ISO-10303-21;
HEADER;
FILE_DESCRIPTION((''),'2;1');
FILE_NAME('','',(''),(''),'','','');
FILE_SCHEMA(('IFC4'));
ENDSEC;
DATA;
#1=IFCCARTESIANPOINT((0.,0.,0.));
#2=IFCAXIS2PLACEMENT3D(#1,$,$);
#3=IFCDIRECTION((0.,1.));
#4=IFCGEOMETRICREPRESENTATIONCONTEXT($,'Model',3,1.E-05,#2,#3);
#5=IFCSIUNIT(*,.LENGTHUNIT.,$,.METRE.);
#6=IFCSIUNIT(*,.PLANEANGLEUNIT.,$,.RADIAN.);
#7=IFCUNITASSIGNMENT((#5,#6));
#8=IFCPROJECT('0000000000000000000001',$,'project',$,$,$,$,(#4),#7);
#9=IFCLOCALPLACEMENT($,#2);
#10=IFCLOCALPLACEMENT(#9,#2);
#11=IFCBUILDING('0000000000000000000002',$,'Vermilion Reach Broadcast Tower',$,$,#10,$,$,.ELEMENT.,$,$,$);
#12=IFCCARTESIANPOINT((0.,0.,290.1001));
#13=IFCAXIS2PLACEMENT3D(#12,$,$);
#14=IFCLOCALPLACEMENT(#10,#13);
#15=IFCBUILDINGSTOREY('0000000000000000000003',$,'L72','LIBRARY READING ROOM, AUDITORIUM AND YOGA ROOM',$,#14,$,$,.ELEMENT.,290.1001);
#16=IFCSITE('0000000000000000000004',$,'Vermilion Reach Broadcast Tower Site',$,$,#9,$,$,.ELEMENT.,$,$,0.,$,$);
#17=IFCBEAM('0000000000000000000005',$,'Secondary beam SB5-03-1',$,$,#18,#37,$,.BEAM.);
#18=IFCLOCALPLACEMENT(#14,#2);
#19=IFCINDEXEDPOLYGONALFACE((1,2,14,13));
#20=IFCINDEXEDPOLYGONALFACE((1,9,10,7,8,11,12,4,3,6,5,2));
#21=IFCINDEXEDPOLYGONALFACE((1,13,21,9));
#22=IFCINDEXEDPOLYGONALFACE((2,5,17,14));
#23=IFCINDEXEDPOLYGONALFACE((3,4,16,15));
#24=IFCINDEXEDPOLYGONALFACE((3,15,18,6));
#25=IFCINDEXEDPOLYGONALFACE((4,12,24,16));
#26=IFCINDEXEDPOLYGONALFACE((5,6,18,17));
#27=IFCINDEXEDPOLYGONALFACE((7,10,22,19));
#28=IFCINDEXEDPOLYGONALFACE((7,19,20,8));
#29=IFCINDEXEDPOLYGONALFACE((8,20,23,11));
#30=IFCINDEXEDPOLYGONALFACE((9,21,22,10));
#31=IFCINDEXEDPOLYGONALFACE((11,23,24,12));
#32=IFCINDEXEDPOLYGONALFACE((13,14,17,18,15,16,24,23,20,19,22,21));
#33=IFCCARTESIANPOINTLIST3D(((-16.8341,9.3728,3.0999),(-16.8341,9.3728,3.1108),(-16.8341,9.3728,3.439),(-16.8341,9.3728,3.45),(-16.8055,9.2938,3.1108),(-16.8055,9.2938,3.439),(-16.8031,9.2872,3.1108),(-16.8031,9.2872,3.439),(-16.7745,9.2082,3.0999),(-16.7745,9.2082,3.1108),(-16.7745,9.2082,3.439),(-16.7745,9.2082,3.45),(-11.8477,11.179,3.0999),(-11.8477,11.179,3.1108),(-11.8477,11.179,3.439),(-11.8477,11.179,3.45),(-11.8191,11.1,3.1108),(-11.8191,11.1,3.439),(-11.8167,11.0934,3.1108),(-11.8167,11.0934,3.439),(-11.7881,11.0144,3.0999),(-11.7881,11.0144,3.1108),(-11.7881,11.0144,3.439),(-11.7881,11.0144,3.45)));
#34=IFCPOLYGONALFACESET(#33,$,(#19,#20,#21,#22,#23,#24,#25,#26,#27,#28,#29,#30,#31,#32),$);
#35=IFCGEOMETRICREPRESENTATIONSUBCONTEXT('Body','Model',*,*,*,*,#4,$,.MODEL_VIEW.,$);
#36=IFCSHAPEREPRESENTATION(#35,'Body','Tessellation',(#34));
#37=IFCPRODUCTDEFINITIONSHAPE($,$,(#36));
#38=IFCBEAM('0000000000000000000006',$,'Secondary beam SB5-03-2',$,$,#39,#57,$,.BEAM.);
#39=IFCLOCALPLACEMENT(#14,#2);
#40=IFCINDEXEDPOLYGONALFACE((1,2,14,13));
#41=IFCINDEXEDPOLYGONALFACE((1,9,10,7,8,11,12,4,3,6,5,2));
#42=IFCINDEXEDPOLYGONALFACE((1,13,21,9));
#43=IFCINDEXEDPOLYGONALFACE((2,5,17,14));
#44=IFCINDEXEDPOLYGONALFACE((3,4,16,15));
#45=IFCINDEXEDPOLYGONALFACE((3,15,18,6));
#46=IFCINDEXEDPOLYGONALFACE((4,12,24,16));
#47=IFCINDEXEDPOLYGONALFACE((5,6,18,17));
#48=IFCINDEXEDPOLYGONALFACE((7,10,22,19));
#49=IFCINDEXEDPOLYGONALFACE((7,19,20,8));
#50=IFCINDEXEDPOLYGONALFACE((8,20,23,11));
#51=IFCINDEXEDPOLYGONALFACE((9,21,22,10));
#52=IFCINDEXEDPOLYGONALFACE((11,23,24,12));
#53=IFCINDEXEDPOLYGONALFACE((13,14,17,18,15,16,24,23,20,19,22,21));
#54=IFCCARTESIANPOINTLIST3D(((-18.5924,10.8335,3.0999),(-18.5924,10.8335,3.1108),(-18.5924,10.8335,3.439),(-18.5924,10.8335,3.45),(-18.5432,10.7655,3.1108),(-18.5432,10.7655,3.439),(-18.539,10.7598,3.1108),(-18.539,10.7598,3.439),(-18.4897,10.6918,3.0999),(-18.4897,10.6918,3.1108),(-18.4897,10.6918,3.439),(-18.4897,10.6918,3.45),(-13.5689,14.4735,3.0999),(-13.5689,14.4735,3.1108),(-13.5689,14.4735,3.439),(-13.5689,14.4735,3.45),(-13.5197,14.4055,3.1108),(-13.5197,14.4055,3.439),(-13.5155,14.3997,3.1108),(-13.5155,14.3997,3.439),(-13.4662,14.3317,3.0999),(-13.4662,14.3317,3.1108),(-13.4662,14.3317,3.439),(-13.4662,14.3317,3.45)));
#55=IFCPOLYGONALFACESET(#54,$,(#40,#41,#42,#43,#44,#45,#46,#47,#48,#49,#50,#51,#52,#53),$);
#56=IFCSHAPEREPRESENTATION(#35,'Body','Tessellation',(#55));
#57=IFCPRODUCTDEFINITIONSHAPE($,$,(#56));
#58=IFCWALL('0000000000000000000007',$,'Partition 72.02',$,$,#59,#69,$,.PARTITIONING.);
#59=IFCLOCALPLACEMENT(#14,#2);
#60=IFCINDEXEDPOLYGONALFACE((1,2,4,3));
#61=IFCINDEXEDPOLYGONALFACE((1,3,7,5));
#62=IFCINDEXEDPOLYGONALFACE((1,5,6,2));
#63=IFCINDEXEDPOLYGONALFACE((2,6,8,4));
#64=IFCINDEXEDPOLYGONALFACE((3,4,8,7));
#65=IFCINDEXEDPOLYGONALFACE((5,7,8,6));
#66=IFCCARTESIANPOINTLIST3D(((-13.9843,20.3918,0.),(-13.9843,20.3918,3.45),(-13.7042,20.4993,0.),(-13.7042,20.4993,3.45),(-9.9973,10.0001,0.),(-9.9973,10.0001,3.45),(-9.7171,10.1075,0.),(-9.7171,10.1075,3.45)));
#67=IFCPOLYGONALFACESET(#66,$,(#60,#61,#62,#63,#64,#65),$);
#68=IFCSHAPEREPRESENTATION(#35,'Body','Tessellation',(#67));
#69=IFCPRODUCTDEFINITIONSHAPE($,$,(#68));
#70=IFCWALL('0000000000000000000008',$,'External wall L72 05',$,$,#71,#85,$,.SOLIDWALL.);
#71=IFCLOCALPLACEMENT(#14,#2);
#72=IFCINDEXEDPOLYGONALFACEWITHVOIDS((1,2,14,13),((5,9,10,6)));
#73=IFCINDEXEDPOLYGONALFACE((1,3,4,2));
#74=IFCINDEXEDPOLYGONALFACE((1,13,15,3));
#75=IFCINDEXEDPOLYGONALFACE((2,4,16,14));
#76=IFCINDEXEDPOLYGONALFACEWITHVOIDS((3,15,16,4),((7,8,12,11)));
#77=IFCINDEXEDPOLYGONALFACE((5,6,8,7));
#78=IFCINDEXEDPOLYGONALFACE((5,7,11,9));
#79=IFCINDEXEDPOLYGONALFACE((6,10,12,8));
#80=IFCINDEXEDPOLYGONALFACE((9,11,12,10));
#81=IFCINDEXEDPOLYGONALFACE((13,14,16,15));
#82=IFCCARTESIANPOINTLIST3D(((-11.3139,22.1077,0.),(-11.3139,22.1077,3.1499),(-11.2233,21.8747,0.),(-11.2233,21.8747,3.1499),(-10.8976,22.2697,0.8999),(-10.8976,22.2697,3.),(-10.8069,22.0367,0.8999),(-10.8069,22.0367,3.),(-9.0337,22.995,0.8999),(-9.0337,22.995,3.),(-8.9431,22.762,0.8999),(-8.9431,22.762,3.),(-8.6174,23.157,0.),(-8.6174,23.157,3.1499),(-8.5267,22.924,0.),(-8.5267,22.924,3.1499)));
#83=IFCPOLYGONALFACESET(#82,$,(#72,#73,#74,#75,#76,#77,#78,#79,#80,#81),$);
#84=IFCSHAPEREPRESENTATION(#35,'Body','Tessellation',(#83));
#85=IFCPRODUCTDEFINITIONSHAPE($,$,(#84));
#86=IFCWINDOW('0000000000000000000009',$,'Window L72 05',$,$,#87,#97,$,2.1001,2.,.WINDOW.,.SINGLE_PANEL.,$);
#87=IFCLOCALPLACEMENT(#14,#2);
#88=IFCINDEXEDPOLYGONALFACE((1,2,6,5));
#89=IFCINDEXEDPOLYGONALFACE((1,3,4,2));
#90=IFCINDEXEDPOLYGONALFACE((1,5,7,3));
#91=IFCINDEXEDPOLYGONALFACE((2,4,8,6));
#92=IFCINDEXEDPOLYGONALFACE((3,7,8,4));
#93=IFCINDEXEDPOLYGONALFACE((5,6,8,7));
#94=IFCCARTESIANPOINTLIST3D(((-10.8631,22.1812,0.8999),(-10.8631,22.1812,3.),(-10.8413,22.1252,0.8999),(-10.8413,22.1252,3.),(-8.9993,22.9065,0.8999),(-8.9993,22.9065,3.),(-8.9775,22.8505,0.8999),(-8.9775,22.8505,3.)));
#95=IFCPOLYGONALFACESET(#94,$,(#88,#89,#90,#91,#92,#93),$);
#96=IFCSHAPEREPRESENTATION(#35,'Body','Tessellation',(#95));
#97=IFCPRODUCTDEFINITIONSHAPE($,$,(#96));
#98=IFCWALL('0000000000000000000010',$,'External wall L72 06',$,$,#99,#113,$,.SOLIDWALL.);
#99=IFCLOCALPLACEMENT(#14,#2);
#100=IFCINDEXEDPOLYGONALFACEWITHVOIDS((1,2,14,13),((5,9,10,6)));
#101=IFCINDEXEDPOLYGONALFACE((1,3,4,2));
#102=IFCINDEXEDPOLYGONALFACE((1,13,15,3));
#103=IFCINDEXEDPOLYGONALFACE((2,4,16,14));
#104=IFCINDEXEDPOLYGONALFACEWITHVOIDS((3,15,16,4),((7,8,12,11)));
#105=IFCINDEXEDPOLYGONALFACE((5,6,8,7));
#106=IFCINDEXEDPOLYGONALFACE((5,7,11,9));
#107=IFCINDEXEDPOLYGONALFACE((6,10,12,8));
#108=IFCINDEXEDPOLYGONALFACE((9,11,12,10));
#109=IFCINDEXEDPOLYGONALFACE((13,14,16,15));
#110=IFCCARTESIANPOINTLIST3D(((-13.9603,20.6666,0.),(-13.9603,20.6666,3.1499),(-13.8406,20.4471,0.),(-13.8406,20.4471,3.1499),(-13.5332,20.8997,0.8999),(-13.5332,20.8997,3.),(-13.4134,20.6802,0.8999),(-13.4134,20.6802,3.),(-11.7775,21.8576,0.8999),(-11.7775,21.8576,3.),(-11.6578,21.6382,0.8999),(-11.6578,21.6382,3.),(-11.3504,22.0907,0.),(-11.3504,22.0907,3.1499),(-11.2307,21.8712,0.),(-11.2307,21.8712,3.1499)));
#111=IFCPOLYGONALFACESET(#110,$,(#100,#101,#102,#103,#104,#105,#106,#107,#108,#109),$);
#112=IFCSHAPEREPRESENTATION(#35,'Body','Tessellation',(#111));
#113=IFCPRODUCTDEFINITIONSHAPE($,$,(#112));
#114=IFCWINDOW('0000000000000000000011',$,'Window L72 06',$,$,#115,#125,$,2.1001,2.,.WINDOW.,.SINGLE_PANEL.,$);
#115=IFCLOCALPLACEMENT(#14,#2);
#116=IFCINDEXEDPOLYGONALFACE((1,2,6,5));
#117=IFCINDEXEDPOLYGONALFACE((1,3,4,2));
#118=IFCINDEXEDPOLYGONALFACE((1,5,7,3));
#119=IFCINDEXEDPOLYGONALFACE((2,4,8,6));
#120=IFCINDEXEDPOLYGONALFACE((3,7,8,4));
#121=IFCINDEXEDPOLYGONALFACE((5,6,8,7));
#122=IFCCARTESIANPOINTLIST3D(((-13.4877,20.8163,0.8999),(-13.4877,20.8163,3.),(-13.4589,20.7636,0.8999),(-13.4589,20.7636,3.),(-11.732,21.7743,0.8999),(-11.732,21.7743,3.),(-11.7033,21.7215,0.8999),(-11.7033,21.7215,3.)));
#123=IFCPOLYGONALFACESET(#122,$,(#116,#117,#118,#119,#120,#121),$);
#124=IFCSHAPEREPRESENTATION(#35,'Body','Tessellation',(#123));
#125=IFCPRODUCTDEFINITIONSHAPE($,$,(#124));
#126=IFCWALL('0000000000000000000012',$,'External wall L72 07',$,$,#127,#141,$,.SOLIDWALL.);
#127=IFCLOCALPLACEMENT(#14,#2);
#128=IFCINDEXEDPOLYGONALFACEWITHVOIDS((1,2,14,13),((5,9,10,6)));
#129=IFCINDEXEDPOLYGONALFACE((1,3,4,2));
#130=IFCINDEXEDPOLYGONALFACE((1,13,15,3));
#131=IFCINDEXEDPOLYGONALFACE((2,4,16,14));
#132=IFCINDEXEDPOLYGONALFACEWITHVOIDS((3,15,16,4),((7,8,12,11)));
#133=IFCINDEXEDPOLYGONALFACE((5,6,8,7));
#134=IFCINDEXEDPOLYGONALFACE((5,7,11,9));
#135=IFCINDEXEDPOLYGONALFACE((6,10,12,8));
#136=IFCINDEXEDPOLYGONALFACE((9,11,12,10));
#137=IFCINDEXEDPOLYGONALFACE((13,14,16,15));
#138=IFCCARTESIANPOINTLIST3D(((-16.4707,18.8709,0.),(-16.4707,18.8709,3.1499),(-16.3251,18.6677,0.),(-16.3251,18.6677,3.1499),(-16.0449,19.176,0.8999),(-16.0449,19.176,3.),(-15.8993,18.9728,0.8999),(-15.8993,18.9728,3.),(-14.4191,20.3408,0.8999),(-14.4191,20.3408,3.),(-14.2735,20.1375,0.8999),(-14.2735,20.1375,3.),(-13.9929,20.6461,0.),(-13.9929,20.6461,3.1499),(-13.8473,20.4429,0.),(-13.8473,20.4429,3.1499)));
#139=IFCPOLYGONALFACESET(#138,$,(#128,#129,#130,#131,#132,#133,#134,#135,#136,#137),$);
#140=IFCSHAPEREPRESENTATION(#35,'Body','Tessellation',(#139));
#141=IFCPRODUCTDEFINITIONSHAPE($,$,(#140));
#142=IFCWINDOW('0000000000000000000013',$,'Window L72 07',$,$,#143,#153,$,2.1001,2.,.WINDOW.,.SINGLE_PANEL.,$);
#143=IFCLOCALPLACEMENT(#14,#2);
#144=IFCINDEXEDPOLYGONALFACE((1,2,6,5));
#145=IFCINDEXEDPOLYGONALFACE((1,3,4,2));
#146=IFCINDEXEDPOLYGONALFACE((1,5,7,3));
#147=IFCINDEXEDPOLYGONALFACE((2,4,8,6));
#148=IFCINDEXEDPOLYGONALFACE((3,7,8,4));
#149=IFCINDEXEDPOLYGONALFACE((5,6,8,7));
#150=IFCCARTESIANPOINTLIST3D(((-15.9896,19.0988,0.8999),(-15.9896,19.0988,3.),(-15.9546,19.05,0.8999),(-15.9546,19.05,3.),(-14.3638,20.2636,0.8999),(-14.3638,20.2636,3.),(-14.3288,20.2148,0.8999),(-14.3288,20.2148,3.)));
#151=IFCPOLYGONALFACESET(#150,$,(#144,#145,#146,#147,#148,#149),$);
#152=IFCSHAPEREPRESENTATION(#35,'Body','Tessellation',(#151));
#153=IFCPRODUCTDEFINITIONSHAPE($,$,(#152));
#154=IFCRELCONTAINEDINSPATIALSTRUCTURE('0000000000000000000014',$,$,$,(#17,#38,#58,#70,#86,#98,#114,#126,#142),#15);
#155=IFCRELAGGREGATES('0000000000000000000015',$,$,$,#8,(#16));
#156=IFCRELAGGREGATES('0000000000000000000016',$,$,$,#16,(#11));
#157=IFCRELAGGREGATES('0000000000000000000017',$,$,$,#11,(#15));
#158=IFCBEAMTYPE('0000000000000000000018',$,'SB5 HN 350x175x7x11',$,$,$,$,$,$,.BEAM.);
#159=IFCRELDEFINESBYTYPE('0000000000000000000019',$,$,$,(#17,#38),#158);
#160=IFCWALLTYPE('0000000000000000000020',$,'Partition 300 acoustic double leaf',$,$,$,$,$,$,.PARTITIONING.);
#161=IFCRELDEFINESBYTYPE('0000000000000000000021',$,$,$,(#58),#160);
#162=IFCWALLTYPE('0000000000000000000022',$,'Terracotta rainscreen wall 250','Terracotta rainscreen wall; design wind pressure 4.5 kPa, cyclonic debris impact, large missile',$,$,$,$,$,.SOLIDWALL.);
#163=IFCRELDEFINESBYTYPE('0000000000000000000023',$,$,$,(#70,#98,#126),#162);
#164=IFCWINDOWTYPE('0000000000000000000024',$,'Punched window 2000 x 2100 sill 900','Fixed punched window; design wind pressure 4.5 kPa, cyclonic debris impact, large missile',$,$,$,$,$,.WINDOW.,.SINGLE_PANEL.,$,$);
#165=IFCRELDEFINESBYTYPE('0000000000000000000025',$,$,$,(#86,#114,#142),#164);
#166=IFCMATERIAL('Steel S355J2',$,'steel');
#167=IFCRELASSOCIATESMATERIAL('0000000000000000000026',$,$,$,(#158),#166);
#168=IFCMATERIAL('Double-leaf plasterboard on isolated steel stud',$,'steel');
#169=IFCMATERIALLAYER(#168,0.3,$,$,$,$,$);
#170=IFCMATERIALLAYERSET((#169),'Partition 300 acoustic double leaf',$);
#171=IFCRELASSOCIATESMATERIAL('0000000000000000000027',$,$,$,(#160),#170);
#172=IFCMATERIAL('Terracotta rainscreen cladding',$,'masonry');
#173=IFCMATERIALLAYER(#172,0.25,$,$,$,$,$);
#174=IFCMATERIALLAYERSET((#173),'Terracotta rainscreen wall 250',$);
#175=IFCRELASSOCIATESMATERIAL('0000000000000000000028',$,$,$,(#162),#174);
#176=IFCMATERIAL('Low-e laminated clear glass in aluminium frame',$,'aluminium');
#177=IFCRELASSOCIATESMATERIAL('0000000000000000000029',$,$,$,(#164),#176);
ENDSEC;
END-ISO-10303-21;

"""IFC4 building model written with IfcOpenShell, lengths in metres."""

from ifc_helpers import new_model, si_unit, direction, frame, frame_2d, origin, origin_2d, place, context, subcontext, project, spatial, rectangle, i_section, extrude, material, layer, layer_set, material_profile, profile_set, type_object, element, fill, save


model = new_model("IFC4")

# Units and contexts
model_context = context("Model", 3, precision=1e-05, world=origin(), true_north=direction((0.0, 1.0)))
body_context = subcontext(model_context, "Body", "Model", "MODEL_VIEW")
ifc_project = project(units=[si_unit("LENGTHUNIT", "METRE"), si_unit("PLANEANGLEUNIT", "RADIAN")], contexts=[model_context])

# Site, building, storey
site_placement = place(None, origin())
site = spatial("IfcSite", under=ifc_project, at=site_placement, Name="Vermilion Reach Broadcast Tower Site", CompositionType="ELEMENT", RefElevation=0.0)
building_placement = place(site_placement, origin())
building = spatial("IfcBuilding", under=site, at=building_placement, Name="Vermilion Reach Broadcast Tower", CompositionType="ELEMENT")
storey_placement = place(building_placement, frame((0.0, 0.0, 290.1001)))
storey = spatial("IfcBuildingStorey", under=building, at=storey_placement, Name="L72", Description="LIBRARY READING ROOM, AUDITORIUM AND YOGA ROOM", CompositionType="ELEMENT", Elevation=290.1001)

# Beams
ifc_material_1 = material(Name="Steel S355J2", Category="steel")
ifc_material_profile_1 = material_profile(ifc_material_1, i_section(OverallWidth=0.175, OverallDepth=0.3501, WebThickness=0.0071, FlangeThickness=0.011, at=origin_2d()), Name="S355J2 HN 350x175x7x11")
ifc_profile_set_1 = profile_set([ifc_material_profile_1], Name="Steel S355J2")
beam_type_1 = type_object("IfcBeamType", Name="SB5 HN 350x175x7x11", PredefinedType="BEAM", material=ifc_profile_set_1)
beam_1_placement = place(storey_placement, frame((-11.8179, 11.0967, 3.2749), z_axis=(-0.94022, -0.340567, 0.0), x_axis=(0.340567, -0.94022, 0.0)))
element("IfcBeam", 1, at=beam_1_placement, inside=storey, type_object=beam_type_1, Name="Secondary beam SB5-03-1", PredefinedType="BEAM", context=body_context, shape_type="SweptSolid", body=[
    extrude(i_section(OverallWidth=0.175, OverallDepth=0.3501, WebThickness=0.0071, FlangeThickness=0.011, at=origin_2d()), origin(), (0.0, 0.0, 1.0), 5.3035),
])
beam_2_placement = place(storey_placement, frame((-13.5176, 14.4026, 3.2749), z_axis=(-0.809771, -0.586746, 0.0), x_axis=(0.586746, -0.809771, 0.0)))
element("IfcBeam", 2, at=beam_2_placement, inside=storey, type_object=beam_type_1, Name="Secondary beam SB5-03-2", PredefinedType="BEAM", context=body_context, shape_type="SweptSolid", body=[
    extrude(i_section(OverallWidth=0.175, OverallDepth=0.3501, WebThickness=0.0071, FlangeThickness=0.011, at=origin_2d()), origin(), (0.0, 0.0, 1.0), 6.2036),
])

# Wall
ifc_material_2 = material(Name="Double-leaf plasterboard on isolated steel stud", Category="steel")
ifc_layer_1 = layer(ifc_material_2, 0.3)
ifc_layer_set_1 = layer_set([ifc_layer_1], Name="Partition 300 acoustic double leaf")
wall_type_1 = type_object("IfcWallType", Name="Partition 300 acoustic double leaf", PredefinedType="PARTITIONING", material=ifc_layer_set_1)
wall_1_placement = place(storey_placement, frame((-13.8442, 20.4456, 0.0), z_axis=(0.0, 0.0, 1.0), x_axis=(0.358212, -0.93364, 0.0)))
element("IfcWall", 3, at=wall_1_placement, inside=storey, type_object=wall_type_1, Name="Partition 72.02", PredefinedType="PARTITIONING", context=body_context, shape_type="SweptSolid", body=[
    extrude(rectangle(XDim=11.1304, YDim=0.3, at=frame_2d((5.5652, 0.0))), origin(), (0.0, 0.0, 1.0), 3.45),
])

# Walls, openings, windows
ifc_material_3 = material(Name="Terracotta rainscreen cladding", Category="masonry")
ifc_layer_2 = layer(ifc_material_3, 0.25)
ifc_layer_set_2 = layer_set([ifc_layer_2], Name="Terracotta rainscreen wall 250")
wall_type_2 = type_object("IfcWallType", Name="Terracotta rainscreen wall 250", Description="Terracotta rainscreen wall; design wind pressure 4.5 kPa, cyclonic debris impact, large missile", PredefinedType="SOLIDWALL", material=ifc_layer_set_2)
wall_2_placement = place(storey_placement, frame((-8.572, 23.0405, 0.0), z_axis=(0.0, 0.0, 1.0), x_axis=(-0.931927, -0.362646, 0.0)))
wall_2 = element("IfcWall", 4, at=wall_2_placement, inside=storey, type_object=wall_type_2, Name="External wall L72 05", PredefinedType="SOLIDWALL", context=body_context, shape_type="SweptSolid", body=[
    extrude(rectangle(XDim=2.8936, YDim=0.25, at=frame_2d((1.4468, 0.0))), origin(), (0.0, 0.0, 1.0), 3.1499),
])
opening_1_placement = place(wall_2_placement, frame((0.4468, 0.0, 0.8999)))
opening_1 = element("IfcOpeningElement", 5, at=opening_1_placement, cuts=wall_2, PredefinedType="OPENING", context=body_context, shape_type="SweptSolid", body=[
    extrude(rectangle(XDim=2.0, YDim=2.1001, at=frame_2d((1.0, 1.05))), frame((0.0, 0.135, 0.0), z_axis=(0.0, -1.0, 0.0), x_axis=(1.0, 0.0, 0.0)), (0.0, 0.0, 1.0), 0.27),
])
ifc_material_4 = material(Name="Low-e laminated clear glass in aluminium frame", Category="aluminium")
window_type = type_object("IfcWindowType", Name="Punched window 2000 x 2100 sill 900", Description="Fixed punched window; design wind pressure 4.5 kPa, cyclonic debris impact, large missile", PartitioningType="SINGLE_PANEL", PredefinedType="WINDOW", material=ifc_material_4)
window_1_placement = place(opening_1_placement, origin())
window_1 = element("IfcWindow", 6, at=window_1_placement, inside=storey, type_object=window_type, Name="Window L72 05", OverallHeight=2.1001, OverallWidth=2.0, PartitioningType="SINGLE_PANEL", PredefinedType="WINDOW", context=body_context, shape_type="SweptSolid", body=[
    extrude(rectangle(XDim=2.0, YDim=2.1001, at=frame_2d((1.0, 1.05))), frame((0.0, 0.03, 0.0), z_axis=(0.0, -1.0, 0.0), x_axis=(1.0, 0.0, 0.0)), (0.0, 0.0, 1.0), 0.0601),
])
fill(opening_1, window_1)
wall_3_placement = place(storey_placement, frame((-11.2905, 21.981, 0.0), z_axis=(0.0, 0.0, 1.0), x_axis=(-0.877823, -0.478984, 0.0)))
wall_3 = element("IfcWall", 7, at=wall_3_placement, inside=storey, type_object=wall_type_2, Name="External wall L72 06", PredefinedType="SOLIDWALL", context=body_context, shape_type="SweptSolid", body=[
    extrude(rectangle(XDim=2.9731, YDim=0.25, at=frame_2d((1.4866, 0.0))), origin(), (0.0, 0.0, 1.0), 3.1499),
])
opening_2_placement = place(wall_3_placement, frame((0.4866, 0.0, 0.8999)))
opening_2 = element("IfcOpeningElement", 8, at=opening_2_placement, cuts=wall_3, PredefinedType="OPENING", context=body_context, shape_type="SweptSolid", body=[
    extrude(rectangle(XDim=2.0, YDim=2.1001, at=frame_2d((1.0, 1.05))), frame((0.0, 0.135, 0.0), z_axis=(0.0, -1.0, 0.0), x_axis=(1.0, 0.0, 0.0)), (0.0, 0.0, 1.0), 0.27),
])
window_2_placement = place(opening_2_placement, origin())
window_2 = element("IfcWindow", 9, at=window_2_placement, inside=storey, type_object=window_type, Name="Window L72 06", OverallHeight=2.1001, OverallWidth=2.0, PartitioningType="SINGLE_PANEL", PredefinedType="WINDOW", context=body_context, shape_type="SweptSolid", body=[
    extrude(rectangle(XDim=2.0, YDim=2.1001, at=frame_2d((1.0, 1.05))), frame((0.0, 0.03, 0.0), z_axis=(0.0, -1.0, 0.0), x_axis=(1.0, 0.0, 0.0)), (0.0, 0.0, 1.0), 0.0601),
])
fill(opening_2, window_2)
wall_4_placement = place(storey_placement, frame((-13.9202, 20.5444, 0.0), z_axis=(0.0, 0.0, 1.0), x_axis=(-0.81291, -0.582389, 0.0)))
wall_4 = element("IfcWall", 10, at=wall_4_placement, inside=storey, type_object=wall_type_2, Name="External wall L72 07", PredefinedType="SOLIDWALL", context=body_context, shape_type="SweptSolid", body=[
    extrude(rectangle(XDim=3.0481, YDim=0.25, at=frame_2d((1.5239, 0.0))), origin(), (0.0, 0.0, 1.0), 3.1499),
])
opening_3_placement = place(wall_4_placement, frame((0.5242, 0.0, 0.8999)))
opening_3 = element("IfcOpeningElement", 11, at=opening_3_placement, cuts=wall_4, PredefinedType="OPENING", context=body_context, shape_type="SweptSolid", body=[
    extrude(rectangle(XDim=2.0, YDim=2.1001, at=frame_2d((1.0, 1.05))), frame((0.0, 0.135, 0.0), z_axis=(0.0, -1.0, 0.0), x_axis=(1.0, 0.0, 0.0)), (0.0, 0.0, 1.0), 0.27),
])
window_3_placement = place(opening_3_placement, origin())
window_3 = element("IfcWindow", 12, at=window_3_placement, inside=storey, type_object=window_type, Name="Window L72 07", OverallHeight=2.1001, OverallWidth=2.0, PartitioningType="SINGLE_PANEL", PredefinedType="WINDOW", context=body_context, shape_type="SweptSolid", body=[
    extrude(rectangle(XDim=2.0, YDim=2.1001, at=frame_2d((1.0, 1.05))), frame((0.0, 0.03, 0.0), z_axis=(0.0, -1.0, 0.0), x_axis=(1.0, 0.0, 0.0)), (0.0, 0.0, 1.0), 0.0601),
])
fill(opening_3, window_3)

save(model, "model.ifc")
